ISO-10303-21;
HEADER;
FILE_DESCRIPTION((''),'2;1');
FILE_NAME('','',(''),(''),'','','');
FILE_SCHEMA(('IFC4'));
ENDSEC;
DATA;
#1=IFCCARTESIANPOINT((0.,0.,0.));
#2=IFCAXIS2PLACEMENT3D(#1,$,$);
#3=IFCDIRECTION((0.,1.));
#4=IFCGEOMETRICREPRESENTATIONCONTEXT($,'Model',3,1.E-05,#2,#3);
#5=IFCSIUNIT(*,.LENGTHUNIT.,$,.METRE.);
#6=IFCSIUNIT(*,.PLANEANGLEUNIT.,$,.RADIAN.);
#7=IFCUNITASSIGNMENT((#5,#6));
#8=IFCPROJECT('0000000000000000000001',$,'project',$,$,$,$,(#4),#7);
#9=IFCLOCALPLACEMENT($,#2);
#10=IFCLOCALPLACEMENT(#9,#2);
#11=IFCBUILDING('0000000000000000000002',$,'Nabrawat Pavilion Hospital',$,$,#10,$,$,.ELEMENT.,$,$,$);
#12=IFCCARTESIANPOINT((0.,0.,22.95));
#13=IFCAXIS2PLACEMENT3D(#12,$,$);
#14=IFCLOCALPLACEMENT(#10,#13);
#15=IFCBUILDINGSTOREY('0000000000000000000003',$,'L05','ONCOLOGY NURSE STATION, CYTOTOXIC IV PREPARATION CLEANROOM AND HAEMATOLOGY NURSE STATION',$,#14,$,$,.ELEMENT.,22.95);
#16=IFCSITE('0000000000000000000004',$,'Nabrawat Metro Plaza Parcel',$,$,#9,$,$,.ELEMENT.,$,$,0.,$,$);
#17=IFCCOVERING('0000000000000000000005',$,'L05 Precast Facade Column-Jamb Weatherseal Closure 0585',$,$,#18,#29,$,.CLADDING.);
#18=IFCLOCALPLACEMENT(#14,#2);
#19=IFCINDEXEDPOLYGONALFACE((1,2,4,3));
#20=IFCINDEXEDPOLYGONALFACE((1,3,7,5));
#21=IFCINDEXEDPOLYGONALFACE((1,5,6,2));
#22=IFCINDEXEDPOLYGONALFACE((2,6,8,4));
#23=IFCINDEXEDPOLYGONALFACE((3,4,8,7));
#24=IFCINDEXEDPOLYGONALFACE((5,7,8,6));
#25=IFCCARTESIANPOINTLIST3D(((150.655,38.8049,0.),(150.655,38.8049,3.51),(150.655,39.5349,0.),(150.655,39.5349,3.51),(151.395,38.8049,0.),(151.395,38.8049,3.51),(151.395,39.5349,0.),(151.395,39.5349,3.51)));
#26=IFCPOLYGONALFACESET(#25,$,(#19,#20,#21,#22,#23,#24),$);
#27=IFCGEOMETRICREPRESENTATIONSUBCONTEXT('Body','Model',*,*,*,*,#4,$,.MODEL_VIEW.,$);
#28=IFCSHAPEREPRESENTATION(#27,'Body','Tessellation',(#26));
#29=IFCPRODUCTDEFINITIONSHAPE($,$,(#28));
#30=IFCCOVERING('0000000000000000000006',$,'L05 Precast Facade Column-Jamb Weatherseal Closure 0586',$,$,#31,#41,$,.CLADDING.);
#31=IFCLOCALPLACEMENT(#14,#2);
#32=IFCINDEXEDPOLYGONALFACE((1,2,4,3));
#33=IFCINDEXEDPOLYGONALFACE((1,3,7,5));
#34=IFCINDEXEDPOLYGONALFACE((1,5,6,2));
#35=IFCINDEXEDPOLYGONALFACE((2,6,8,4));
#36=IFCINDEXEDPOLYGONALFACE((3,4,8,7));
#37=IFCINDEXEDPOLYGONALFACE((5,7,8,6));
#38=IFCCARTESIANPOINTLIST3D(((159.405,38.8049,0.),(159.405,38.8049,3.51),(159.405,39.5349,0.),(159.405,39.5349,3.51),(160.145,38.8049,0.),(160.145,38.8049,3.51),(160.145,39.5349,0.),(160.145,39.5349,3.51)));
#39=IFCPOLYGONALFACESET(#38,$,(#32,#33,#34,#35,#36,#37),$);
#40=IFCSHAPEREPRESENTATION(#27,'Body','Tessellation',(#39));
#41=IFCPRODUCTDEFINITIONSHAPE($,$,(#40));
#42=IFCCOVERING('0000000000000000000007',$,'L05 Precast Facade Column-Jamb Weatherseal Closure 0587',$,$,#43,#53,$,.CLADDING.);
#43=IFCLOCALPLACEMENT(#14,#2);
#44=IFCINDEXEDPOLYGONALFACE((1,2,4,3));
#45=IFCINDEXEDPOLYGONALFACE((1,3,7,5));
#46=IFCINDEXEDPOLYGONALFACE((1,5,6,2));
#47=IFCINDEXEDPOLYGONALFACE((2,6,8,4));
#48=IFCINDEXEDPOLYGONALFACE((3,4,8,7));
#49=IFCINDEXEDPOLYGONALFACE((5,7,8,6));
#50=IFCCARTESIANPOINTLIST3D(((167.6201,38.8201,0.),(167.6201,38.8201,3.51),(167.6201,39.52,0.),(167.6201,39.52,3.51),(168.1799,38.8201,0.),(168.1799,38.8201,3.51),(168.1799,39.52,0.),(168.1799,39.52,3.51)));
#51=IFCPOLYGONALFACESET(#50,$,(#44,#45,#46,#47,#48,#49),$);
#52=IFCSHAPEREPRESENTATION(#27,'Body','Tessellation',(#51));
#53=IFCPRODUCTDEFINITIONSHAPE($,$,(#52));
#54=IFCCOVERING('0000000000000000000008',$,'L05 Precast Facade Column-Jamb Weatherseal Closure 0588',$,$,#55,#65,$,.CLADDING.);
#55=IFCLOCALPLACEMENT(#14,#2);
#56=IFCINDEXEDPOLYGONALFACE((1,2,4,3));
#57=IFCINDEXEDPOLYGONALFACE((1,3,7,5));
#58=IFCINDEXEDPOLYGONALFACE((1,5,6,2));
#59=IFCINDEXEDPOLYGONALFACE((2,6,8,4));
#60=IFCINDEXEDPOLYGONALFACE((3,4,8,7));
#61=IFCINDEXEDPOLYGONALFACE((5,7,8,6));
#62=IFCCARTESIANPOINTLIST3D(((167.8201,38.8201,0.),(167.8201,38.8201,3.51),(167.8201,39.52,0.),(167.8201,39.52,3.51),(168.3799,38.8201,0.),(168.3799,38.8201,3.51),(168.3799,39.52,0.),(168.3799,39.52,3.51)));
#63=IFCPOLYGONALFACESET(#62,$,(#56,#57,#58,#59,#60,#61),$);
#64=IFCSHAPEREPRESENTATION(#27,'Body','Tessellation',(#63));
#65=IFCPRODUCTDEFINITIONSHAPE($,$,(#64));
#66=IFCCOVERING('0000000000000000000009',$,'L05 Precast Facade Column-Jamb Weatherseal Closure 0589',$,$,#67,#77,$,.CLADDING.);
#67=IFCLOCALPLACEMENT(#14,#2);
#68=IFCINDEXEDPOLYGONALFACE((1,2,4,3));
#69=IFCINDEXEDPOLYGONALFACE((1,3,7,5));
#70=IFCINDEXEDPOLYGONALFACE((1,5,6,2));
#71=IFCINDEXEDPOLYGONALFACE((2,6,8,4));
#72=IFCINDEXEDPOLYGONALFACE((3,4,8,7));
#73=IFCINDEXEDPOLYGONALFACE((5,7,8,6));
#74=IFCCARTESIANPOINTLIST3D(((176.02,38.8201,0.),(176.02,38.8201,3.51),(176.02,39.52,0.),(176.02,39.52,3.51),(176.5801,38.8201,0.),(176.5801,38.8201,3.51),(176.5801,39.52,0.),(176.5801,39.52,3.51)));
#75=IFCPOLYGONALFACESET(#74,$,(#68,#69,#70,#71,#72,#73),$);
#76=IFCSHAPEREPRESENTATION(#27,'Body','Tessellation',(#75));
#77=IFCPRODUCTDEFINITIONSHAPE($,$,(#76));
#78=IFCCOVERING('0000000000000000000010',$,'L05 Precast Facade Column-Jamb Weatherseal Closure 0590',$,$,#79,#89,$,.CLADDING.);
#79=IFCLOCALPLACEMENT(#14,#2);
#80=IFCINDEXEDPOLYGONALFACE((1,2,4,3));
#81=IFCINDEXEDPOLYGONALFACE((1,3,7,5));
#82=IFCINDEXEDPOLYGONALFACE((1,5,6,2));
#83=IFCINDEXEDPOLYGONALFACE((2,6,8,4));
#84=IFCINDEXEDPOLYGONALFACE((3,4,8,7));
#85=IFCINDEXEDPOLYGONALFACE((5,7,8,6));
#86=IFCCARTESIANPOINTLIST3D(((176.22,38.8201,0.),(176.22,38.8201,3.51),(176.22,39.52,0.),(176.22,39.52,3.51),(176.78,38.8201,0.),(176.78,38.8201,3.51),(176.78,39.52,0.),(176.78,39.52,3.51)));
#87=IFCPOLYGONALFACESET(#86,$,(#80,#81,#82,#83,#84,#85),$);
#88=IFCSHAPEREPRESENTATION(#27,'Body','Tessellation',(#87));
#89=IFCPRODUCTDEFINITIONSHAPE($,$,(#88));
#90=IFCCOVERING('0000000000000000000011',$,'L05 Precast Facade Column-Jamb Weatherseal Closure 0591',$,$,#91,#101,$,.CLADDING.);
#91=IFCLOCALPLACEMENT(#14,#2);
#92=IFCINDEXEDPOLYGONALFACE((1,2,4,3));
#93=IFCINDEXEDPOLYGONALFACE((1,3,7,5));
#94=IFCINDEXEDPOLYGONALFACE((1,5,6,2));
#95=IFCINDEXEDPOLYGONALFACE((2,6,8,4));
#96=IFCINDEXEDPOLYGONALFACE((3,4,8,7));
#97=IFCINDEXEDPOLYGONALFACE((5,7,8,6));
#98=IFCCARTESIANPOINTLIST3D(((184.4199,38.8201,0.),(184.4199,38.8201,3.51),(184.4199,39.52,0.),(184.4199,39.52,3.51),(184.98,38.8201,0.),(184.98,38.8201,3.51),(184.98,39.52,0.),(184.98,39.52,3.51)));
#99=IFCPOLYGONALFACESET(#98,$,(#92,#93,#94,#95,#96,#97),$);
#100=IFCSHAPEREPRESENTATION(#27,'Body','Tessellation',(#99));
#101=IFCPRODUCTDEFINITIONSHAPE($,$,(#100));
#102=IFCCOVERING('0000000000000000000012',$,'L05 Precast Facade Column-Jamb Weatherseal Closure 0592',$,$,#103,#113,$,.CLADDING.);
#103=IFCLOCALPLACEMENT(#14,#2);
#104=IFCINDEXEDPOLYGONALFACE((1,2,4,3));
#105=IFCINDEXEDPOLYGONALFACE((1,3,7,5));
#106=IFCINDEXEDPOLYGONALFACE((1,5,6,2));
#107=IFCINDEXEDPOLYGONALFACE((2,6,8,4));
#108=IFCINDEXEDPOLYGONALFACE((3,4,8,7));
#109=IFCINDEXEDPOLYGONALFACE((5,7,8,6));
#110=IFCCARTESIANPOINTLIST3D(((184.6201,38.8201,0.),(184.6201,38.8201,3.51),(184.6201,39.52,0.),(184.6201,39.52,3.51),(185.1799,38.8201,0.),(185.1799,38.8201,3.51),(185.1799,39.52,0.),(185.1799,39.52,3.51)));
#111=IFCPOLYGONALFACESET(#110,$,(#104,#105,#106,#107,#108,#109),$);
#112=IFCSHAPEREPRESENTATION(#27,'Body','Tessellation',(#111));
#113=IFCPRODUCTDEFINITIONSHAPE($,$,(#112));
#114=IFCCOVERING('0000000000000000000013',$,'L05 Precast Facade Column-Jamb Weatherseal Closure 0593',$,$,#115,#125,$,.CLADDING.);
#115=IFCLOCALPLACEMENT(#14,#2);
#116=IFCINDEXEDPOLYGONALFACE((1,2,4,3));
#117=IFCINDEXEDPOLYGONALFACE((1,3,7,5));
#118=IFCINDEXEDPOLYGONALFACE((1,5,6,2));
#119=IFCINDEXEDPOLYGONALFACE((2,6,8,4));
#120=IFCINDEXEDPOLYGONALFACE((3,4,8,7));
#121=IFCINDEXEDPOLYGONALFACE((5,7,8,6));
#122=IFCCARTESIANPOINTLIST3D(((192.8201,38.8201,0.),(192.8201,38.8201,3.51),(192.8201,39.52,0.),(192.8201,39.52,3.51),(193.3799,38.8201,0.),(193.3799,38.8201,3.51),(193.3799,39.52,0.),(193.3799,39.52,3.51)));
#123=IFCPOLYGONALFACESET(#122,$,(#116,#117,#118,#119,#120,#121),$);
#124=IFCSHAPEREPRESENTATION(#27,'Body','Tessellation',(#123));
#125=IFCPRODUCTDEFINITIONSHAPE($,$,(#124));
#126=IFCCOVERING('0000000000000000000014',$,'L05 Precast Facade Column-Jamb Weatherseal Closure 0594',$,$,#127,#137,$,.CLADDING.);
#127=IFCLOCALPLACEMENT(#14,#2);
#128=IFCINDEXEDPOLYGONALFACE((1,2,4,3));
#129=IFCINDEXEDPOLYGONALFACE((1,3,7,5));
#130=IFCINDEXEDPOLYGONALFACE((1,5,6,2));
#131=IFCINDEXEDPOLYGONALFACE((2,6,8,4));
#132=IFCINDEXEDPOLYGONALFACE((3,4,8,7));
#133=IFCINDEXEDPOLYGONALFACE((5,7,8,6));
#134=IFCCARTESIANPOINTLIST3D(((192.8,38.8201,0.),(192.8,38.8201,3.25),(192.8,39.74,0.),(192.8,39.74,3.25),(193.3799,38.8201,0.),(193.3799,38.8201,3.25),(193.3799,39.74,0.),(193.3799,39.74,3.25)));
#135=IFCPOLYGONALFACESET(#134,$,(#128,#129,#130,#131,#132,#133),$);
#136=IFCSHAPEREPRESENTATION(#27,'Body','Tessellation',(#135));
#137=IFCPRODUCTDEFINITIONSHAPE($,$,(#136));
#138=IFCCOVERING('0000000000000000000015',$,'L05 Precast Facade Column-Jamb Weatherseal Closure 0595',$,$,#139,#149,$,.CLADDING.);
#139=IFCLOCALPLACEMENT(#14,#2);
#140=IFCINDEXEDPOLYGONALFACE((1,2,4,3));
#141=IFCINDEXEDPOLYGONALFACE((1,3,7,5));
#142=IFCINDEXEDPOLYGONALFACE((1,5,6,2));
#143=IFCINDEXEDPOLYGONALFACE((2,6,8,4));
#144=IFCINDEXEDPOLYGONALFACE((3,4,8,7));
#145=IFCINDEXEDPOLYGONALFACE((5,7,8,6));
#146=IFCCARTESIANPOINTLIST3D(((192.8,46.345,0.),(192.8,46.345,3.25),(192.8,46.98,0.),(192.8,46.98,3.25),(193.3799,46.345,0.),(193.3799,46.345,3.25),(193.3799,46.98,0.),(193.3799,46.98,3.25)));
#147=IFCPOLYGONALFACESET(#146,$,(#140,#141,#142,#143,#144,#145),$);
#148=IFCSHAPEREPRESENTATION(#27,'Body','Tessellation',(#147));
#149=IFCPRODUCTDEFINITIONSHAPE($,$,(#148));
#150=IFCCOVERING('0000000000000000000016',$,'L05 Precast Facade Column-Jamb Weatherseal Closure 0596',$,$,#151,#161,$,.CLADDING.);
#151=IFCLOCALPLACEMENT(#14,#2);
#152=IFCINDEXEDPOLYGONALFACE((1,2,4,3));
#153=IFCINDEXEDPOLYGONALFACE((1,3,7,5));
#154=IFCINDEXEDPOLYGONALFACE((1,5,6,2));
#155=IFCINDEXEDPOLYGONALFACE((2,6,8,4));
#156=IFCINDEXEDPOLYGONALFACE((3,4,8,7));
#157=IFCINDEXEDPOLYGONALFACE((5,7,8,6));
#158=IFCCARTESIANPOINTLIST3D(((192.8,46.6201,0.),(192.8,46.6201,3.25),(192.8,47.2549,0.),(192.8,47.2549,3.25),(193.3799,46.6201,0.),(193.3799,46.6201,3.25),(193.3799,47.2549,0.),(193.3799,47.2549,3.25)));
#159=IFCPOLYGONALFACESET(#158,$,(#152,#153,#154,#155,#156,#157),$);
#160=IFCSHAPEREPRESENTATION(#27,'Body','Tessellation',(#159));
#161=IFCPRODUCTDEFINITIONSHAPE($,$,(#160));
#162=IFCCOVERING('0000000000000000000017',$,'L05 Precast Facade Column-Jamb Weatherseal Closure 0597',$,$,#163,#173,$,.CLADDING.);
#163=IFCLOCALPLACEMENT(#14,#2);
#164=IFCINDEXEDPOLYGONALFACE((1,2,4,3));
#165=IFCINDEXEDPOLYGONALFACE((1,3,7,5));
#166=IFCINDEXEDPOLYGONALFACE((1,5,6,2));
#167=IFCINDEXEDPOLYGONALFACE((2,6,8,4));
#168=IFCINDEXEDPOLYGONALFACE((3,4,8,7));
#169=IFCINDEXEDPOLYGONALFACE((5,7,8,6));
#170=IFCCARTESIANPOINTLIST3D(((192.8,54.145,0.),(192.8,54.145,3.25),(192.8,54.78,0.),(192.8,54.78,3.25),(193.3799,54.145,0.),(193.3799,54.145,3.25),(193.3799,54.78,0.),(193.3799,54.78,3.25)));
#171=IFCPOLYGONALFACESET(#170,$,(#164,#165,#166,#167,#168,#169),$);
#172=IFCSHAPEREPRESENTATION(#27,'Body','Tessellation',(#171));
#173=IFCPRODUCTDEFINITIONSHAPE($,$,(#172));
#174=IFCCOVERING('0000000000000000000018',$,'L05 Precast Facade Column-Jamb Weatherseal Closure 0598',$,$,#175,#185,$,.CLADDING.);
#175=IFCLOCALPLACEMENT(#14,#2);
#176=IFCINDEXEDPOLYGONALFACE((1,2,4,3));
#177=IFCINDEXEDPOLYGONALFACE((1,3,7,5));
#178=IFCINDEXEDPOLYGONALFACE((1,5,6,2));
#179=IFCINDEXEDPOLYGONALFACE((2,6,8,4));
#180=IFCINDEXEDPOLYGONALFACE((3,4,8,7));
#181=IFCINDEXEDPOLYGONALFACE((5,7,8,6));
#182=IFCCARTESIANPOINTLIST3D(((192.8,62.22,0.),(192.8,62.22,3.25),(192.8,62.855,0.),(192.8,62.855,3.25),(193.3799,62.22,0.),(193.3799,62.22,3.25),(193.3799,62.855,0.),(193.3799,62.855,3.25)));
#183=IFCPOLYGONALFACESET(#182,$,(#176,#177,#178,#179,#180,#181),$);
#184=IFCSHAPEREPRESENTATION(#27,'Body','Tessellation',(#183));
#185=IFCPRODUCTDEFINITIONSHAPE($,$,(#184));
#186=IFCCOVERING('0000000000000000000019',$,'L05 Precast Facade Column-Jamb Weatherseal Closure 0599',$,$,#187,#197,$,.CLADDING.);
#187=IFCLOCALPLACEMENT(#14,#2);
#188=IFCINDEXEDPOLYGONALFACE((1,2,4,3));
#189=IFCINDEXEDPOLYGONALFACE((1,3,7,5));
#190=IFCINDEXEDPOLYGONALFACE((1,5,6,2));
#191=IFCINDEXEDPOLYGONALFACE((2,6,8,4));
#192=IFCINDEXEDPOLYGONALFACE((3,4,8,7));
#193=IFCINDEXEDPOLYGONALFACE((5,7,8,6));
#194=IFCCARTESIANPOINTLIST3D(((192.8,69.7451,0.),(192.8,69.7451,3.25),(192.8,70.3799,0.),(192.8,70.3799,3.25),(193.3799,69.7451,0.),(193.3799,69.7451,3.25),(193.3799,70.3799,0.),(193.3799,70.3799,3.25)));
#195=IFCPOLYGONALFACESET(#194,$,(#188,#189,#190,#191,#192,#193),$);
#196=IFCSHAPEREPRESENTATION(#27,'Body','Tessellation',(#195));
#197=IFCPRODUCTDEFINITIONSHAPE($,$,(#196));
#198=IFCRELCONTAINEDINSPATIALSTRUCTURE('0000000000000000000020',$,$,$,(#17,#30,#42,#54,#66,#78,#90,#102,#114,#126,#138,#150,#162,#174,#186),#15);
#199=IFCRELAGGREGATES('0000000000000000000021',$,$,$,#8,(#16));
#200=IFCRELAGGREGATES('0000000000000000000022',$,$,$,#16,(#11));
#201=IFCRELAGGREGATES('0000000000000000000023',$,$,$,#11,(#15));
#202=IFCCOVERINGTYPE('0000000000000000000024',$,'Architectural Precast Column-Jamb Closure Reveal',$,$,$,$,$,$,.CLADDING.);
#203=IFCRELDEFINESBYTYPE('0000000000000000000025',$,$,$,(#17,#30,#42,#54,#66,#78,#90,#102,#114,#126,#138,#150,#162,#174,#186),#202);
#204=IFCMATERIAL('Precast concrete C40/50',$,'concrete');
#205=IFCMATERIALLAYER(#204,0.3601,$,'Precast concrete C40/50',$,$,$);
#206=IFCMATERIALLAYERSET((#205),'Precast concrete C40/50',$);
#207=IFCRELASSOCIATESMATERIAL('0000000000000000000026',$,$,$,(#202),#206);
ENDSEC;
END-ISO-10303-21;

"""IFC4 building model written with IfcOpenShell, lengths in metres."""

from ifc_helpers import new_model, si_unit, direction, frame, origin, place, context, subcontext, project, spatial, polyline, outline, extrude, material, layer, layer_set, type_object, element, save


model = new_model("IFC4")

# Units and contexts
model_context = context("Model", 3, precision=1e-05, world=origin(), true_north=direction((0.0, 1.0)))
body_context = subcontext(model_context, "Body", "Model", "MODEL_VIEW")
ifc_project = project(units=[si_unit("LENGTHUNIT", "METRE"), si_unit("PLANEANGLEUNIT", "RADIAN")], contexts=[model_context])

# Site, building, storey
site_placement = place(None, origin())
site = spatial("IfcSite", under=ifc_project, at=site_placement, Name="Nabrawat Metro Plaza Parcel", CompositionType="ELEMENT", RefElevation=0.0)
building_placement = place(site_placement, origin())
building = spatial("IfcBuilding", under=site, at=building_placement, Name="Nabrawat Pavilion Hospital", CompositionType="ELEMENT")
storey_placement = place(building_placement, frame((0.0, 0.0, 22.95)))
storey = spatial("IfcBuildingStorey", under=building, at=storey_placement, Name="L05", Description="ONCOLOGY NURSE STATION, CYTOTOXIC IV PREPARATION CLEANROOM AND HAEMATOLOGY NURSE STATION", CompositionType="ELEMENT", Elevation=22.95)

# Coverings
ifc_material_1 = material(Name="Precast concrete C40/50", Category="concrete")
ifc_layer_1 = layer(ifc_material_1, 0.3601, Name="Precast concrete C40/50")
ifc_layer_set_1 = layer_set([ifc_layer_1], Name="Precast concrete C40/50")
covering_type = type_object("IfcCoveringType", Name="Architectural Precast Column-Jamb Closure Reveal", PredefinedType="CLADDING", material=ifc_layer_set_1)
covering_1_placement = place(storey_placement, origin())
element("IfcCovering", 1, at=covering_1_placement, inside=storey, type_object=covering_type, Name="L05 Precast Facade Column-Jamb Weatherseal Closure 0585", PredefinedType="CLADDING", context=body_context, shape_type="SweptSolid", body=[
    extrude(outline(polyline([(151.395, 38.8049), (151.395, 39.5349), (150.655, 39.5349), (150.655, 38.8049), (151.395, 38.8049)])), origin(), (0.0, 0.0, 1.0), 3.51),
])
covering_2_placement = place(storey_placement, origin())
element("IfcCovering", 2, at=covering_2_placement, inside=storey, type_object=covering_type, Name="L05 Precast Facade Column-Jamb Weatherseal Closure 0586", PredefinedType="CLADDING", context=body_context, shape_type="SweptSolid", body=[
    extrude(outline(polyline([(160.145, 38.8049), (160.145, 39.5349), (159.405, 39.5349), (159.405, 38.8049), (160.145, 38.8049)])), origin(), (0.0, 0.0, 1.0), 3.51),
])
covering_3_placement = place(storey_placement, origin())
element("IfcCovering", 3, at=covering_3_placement, inside=storey, type_object=covering_type, Name="L05 Precast Facade Column-Jamb Weatherseal Closure 0587", PredefinedType="CLADDING", context=body_context, shape_type="SweptSolid", body=[
    extrude(outline(polyline([(168.1799, 38.8201), (168.1799, 39.52), (167.6201, 39.52), (167.6201, 38.8201), (168.1799, 38.8201)])), origin(), (0.0, 0.0, 1.0), 3.51),
])
covering_4_placement = place(storey_placement, origin())
element("IfcCovering", 4, at=covering_4_placement, inside=storey, type_object=covering_type, Name="L05 Precast Facade Column-Jamb Weatherseal Closure 0588", PredefinedType="CLADDING", context=body_context, shape_type="SweptSolid", body=[
    extrude(outline(polyline([(168.3799, 38.8201), (168.3799, 39.52), (167.8201, 39.52), (167.8201, 38.8201), (168.3799, 38.8201)])), origin(), (0.0, 0.0, 1.0), 3.51),
])
covering_5_placement = place(storey_placement, origin())
element("IfcCovering", 5, at=covering_5_placement, inside=storey, type_object=covering_type, Name="L05 Precast Facade Column-Jamb Weatherseal Closure 0589", PredefinedType="CLADDING", context=body_context, shape_type="SweptSolid", body=[
    extrude(outline(polyline([(176.5801, 38.8201), (176.5801, 39.52), (176.02, 39.52), (176.02, 38.8201), (176.5801, 38.8201)])), origin(), (0.0, 0.0, 1.0), 3.51),
])
covering_6_placement = place(storey_placement, origin())
element("IfcCovering", 6, at=covering_6_placement, inside=storey, type_object=covering_type, Name="L05 Precast Facade Column-Jamb Weatherseal Closure 0590", PredefinedType="CLADDING", context=body_context, shape_type="SweptSolid", body=[
    extrude(outline(polyline([(176.78, 38.8201), (176.78, 39.52), (176.22, 39.52), (176.22, 38.8201), (176.78, 38.8201)])), origin(), (0.0, 0.0, 1.0), 3.51),
])
covering_7_placement = place(storey_placement, origin())
element("IfcCovering", 7, at=covering_7_placement, inside=storey, type_object=covering_type, Name="L05 Precast Facade Column-Jamb Weatherseal Closure 0591", PredefinedType="CLADDING", context=body_context, shape_type="SweptSolid", body=[
    extrude(outline(polyline([(184.98, 38.8201), (184.98, 39.52), (184.4199, 39.52), (184.4199, 38.8201), (184.98, 38.8201)])), origin(), (0.0, 0.0, 1.0), 3.51),
])
covering_8_placement = place(storey_placement, origin())
element("IfcCovering", 8, at=covering_8_placement, inside=storey, type_object=covering_type, Name="L05 Precast Facade Column-Jamb Weatherseal Closure 0592", PredefinedType="CLADDING", context=body_context, shape_type="SweptSolid", body=[
    extrude(outline(polyline([(185.1799, 38.8201), (185.1799, 39.52), (184.6201, 39.52), (184.6201, 38.8201), (185.1799, 38.8201)])), origin(), (0.0, 0.0, 1.0), 3.51),
])
covering_9_placement = place(storey_placement, origin())
element("IfcCovering", 9, at=covering_9_placement, inside=storey, type_object=covering_type, Name="L05 Precast Facade Column-Jamb Weatherseal Closure 0593", PredefinedType="CLADDING", context=body_context, shape_type="SweptSolid", body=[
    extrude(outline(polyline([(193.3799, 38.8201), (193.3799, 39.52), (192.8201, 39.52), (192.8201, 38.8201), (193.3799, 38.8201)])), origin(), (0.0, 0.0, 1.0), 3.51),
])
covering_10_placement = place(storey_placement, origin())
element("IfcCovering", 10, at=covering_10_placement, inside=storey, type_object=covering_type, Name="L05 Precast Facade Column-Jamb Weatherseal Closure 0594", PredefinedType="CLADDING", context=body_context, shape_type="SweptSolid", body=[
    extrude(outline(polyline([(193.3799, 38.8201), (193.3799, 39.74), (192.8, 39.74), (192.8, 38.8201), (193.3799, 38.8201)])), origin(), (0.0, 0.0, 1.0), 3.25),
])
covering_11_placement = place(storey_placement, origin())
element("IfcCovering", 11, at=covering_11_placement, inside=storey, type_object=covering_type, Name="L05 Precast Facade Column-Jamb Weatherseal Closure 0595", PredefinedType="CLADDING", context=body_context, shape_type="SweptSolid", body=[
    extrude(outline(polyline([(193.3799, 46.345), (193.3799, 46.98), (192.8, 46.98), (192.8, 46.345), (193.3799, 46.345)])), origin(), (0.0, 0.0, 1.0), 3.25),
])
covering_12_placement = place(storey_placement, origin())
element("IfcCovering", 12, at=covering_12_placement, inside=storey, type_object=covering_type, Name="L05 Precast Facade Column-Jamb Weatherseal Closure 0596", PredefinedType="CLADDING", context=body_context, shape_type="SweptSolid", body=[
    extrude(outline(polyline([(193.3799, 46.6201), (193.3799, 47.2549), (192.8, 47.2549), (192.8, 46.6201), (193.3799, 46.6201)])), origin(), (0.0, 0.0, 1.0), 3.25),
])
covering_13_placement = place(storey_placement, origin())
element("IfcCovering", 13, at=covering_13_placement, inside=storey, type_object=covering_type, Name="L05 Precast Facade Column-Jamb Weatherseal Closure 0597", PredefinedType="CLADDING", context=body_context, shape_type="SweptSolid", body=[
    extrude(outline(polyline([(193.3799, 54.145), (193.3799, 54.78), (192.8, 54.78), (192.8, 54.145), (193.3799, 54.145)])), origin(), (0.0, 0.0, 1.0), 3.25),
])
covering_14_placement = place(storey_placement, origin())
element("IfcCovering", 14, at=covering_14_placement, inside=storey, type_object=covering_type, Name="L05 Precast Facade Column-Jamb Weatherseal Closure 0598", PredefinedType="CLADDING", context=body_context, shape_type="SweptSolid", body=[
    extrude(outline(polyline([(193.3799, 62.22), (193.3799, 62.855), (192.8, 62.855), (192.8, 62.22), (193.3799, 62.22)])), origin(), (0.0, 0.0, 1.0), 3.25),
])
covering_15_placement = place(storey_placement, origin())
element("IfcCovering", 15, at=covering_15_placement, inside=storey, type_object=covering_type, Name="L05 Precast Facade Column-Jamb Weatherseal Closure 0599", PredefinedType="CLADDING", context=body_context, shape_type="SweptSolid", body=[
    extrude(outline(polyline([(193.3799, 69.7451), (193.3799, 70.3799), (192.8, 70.3799), (192.8, 69.7451), (193.3799, 69.7451)])), origin(), (0.0, 0.0, 1.0), 3.25),
])

save(model, "model.ifc")
